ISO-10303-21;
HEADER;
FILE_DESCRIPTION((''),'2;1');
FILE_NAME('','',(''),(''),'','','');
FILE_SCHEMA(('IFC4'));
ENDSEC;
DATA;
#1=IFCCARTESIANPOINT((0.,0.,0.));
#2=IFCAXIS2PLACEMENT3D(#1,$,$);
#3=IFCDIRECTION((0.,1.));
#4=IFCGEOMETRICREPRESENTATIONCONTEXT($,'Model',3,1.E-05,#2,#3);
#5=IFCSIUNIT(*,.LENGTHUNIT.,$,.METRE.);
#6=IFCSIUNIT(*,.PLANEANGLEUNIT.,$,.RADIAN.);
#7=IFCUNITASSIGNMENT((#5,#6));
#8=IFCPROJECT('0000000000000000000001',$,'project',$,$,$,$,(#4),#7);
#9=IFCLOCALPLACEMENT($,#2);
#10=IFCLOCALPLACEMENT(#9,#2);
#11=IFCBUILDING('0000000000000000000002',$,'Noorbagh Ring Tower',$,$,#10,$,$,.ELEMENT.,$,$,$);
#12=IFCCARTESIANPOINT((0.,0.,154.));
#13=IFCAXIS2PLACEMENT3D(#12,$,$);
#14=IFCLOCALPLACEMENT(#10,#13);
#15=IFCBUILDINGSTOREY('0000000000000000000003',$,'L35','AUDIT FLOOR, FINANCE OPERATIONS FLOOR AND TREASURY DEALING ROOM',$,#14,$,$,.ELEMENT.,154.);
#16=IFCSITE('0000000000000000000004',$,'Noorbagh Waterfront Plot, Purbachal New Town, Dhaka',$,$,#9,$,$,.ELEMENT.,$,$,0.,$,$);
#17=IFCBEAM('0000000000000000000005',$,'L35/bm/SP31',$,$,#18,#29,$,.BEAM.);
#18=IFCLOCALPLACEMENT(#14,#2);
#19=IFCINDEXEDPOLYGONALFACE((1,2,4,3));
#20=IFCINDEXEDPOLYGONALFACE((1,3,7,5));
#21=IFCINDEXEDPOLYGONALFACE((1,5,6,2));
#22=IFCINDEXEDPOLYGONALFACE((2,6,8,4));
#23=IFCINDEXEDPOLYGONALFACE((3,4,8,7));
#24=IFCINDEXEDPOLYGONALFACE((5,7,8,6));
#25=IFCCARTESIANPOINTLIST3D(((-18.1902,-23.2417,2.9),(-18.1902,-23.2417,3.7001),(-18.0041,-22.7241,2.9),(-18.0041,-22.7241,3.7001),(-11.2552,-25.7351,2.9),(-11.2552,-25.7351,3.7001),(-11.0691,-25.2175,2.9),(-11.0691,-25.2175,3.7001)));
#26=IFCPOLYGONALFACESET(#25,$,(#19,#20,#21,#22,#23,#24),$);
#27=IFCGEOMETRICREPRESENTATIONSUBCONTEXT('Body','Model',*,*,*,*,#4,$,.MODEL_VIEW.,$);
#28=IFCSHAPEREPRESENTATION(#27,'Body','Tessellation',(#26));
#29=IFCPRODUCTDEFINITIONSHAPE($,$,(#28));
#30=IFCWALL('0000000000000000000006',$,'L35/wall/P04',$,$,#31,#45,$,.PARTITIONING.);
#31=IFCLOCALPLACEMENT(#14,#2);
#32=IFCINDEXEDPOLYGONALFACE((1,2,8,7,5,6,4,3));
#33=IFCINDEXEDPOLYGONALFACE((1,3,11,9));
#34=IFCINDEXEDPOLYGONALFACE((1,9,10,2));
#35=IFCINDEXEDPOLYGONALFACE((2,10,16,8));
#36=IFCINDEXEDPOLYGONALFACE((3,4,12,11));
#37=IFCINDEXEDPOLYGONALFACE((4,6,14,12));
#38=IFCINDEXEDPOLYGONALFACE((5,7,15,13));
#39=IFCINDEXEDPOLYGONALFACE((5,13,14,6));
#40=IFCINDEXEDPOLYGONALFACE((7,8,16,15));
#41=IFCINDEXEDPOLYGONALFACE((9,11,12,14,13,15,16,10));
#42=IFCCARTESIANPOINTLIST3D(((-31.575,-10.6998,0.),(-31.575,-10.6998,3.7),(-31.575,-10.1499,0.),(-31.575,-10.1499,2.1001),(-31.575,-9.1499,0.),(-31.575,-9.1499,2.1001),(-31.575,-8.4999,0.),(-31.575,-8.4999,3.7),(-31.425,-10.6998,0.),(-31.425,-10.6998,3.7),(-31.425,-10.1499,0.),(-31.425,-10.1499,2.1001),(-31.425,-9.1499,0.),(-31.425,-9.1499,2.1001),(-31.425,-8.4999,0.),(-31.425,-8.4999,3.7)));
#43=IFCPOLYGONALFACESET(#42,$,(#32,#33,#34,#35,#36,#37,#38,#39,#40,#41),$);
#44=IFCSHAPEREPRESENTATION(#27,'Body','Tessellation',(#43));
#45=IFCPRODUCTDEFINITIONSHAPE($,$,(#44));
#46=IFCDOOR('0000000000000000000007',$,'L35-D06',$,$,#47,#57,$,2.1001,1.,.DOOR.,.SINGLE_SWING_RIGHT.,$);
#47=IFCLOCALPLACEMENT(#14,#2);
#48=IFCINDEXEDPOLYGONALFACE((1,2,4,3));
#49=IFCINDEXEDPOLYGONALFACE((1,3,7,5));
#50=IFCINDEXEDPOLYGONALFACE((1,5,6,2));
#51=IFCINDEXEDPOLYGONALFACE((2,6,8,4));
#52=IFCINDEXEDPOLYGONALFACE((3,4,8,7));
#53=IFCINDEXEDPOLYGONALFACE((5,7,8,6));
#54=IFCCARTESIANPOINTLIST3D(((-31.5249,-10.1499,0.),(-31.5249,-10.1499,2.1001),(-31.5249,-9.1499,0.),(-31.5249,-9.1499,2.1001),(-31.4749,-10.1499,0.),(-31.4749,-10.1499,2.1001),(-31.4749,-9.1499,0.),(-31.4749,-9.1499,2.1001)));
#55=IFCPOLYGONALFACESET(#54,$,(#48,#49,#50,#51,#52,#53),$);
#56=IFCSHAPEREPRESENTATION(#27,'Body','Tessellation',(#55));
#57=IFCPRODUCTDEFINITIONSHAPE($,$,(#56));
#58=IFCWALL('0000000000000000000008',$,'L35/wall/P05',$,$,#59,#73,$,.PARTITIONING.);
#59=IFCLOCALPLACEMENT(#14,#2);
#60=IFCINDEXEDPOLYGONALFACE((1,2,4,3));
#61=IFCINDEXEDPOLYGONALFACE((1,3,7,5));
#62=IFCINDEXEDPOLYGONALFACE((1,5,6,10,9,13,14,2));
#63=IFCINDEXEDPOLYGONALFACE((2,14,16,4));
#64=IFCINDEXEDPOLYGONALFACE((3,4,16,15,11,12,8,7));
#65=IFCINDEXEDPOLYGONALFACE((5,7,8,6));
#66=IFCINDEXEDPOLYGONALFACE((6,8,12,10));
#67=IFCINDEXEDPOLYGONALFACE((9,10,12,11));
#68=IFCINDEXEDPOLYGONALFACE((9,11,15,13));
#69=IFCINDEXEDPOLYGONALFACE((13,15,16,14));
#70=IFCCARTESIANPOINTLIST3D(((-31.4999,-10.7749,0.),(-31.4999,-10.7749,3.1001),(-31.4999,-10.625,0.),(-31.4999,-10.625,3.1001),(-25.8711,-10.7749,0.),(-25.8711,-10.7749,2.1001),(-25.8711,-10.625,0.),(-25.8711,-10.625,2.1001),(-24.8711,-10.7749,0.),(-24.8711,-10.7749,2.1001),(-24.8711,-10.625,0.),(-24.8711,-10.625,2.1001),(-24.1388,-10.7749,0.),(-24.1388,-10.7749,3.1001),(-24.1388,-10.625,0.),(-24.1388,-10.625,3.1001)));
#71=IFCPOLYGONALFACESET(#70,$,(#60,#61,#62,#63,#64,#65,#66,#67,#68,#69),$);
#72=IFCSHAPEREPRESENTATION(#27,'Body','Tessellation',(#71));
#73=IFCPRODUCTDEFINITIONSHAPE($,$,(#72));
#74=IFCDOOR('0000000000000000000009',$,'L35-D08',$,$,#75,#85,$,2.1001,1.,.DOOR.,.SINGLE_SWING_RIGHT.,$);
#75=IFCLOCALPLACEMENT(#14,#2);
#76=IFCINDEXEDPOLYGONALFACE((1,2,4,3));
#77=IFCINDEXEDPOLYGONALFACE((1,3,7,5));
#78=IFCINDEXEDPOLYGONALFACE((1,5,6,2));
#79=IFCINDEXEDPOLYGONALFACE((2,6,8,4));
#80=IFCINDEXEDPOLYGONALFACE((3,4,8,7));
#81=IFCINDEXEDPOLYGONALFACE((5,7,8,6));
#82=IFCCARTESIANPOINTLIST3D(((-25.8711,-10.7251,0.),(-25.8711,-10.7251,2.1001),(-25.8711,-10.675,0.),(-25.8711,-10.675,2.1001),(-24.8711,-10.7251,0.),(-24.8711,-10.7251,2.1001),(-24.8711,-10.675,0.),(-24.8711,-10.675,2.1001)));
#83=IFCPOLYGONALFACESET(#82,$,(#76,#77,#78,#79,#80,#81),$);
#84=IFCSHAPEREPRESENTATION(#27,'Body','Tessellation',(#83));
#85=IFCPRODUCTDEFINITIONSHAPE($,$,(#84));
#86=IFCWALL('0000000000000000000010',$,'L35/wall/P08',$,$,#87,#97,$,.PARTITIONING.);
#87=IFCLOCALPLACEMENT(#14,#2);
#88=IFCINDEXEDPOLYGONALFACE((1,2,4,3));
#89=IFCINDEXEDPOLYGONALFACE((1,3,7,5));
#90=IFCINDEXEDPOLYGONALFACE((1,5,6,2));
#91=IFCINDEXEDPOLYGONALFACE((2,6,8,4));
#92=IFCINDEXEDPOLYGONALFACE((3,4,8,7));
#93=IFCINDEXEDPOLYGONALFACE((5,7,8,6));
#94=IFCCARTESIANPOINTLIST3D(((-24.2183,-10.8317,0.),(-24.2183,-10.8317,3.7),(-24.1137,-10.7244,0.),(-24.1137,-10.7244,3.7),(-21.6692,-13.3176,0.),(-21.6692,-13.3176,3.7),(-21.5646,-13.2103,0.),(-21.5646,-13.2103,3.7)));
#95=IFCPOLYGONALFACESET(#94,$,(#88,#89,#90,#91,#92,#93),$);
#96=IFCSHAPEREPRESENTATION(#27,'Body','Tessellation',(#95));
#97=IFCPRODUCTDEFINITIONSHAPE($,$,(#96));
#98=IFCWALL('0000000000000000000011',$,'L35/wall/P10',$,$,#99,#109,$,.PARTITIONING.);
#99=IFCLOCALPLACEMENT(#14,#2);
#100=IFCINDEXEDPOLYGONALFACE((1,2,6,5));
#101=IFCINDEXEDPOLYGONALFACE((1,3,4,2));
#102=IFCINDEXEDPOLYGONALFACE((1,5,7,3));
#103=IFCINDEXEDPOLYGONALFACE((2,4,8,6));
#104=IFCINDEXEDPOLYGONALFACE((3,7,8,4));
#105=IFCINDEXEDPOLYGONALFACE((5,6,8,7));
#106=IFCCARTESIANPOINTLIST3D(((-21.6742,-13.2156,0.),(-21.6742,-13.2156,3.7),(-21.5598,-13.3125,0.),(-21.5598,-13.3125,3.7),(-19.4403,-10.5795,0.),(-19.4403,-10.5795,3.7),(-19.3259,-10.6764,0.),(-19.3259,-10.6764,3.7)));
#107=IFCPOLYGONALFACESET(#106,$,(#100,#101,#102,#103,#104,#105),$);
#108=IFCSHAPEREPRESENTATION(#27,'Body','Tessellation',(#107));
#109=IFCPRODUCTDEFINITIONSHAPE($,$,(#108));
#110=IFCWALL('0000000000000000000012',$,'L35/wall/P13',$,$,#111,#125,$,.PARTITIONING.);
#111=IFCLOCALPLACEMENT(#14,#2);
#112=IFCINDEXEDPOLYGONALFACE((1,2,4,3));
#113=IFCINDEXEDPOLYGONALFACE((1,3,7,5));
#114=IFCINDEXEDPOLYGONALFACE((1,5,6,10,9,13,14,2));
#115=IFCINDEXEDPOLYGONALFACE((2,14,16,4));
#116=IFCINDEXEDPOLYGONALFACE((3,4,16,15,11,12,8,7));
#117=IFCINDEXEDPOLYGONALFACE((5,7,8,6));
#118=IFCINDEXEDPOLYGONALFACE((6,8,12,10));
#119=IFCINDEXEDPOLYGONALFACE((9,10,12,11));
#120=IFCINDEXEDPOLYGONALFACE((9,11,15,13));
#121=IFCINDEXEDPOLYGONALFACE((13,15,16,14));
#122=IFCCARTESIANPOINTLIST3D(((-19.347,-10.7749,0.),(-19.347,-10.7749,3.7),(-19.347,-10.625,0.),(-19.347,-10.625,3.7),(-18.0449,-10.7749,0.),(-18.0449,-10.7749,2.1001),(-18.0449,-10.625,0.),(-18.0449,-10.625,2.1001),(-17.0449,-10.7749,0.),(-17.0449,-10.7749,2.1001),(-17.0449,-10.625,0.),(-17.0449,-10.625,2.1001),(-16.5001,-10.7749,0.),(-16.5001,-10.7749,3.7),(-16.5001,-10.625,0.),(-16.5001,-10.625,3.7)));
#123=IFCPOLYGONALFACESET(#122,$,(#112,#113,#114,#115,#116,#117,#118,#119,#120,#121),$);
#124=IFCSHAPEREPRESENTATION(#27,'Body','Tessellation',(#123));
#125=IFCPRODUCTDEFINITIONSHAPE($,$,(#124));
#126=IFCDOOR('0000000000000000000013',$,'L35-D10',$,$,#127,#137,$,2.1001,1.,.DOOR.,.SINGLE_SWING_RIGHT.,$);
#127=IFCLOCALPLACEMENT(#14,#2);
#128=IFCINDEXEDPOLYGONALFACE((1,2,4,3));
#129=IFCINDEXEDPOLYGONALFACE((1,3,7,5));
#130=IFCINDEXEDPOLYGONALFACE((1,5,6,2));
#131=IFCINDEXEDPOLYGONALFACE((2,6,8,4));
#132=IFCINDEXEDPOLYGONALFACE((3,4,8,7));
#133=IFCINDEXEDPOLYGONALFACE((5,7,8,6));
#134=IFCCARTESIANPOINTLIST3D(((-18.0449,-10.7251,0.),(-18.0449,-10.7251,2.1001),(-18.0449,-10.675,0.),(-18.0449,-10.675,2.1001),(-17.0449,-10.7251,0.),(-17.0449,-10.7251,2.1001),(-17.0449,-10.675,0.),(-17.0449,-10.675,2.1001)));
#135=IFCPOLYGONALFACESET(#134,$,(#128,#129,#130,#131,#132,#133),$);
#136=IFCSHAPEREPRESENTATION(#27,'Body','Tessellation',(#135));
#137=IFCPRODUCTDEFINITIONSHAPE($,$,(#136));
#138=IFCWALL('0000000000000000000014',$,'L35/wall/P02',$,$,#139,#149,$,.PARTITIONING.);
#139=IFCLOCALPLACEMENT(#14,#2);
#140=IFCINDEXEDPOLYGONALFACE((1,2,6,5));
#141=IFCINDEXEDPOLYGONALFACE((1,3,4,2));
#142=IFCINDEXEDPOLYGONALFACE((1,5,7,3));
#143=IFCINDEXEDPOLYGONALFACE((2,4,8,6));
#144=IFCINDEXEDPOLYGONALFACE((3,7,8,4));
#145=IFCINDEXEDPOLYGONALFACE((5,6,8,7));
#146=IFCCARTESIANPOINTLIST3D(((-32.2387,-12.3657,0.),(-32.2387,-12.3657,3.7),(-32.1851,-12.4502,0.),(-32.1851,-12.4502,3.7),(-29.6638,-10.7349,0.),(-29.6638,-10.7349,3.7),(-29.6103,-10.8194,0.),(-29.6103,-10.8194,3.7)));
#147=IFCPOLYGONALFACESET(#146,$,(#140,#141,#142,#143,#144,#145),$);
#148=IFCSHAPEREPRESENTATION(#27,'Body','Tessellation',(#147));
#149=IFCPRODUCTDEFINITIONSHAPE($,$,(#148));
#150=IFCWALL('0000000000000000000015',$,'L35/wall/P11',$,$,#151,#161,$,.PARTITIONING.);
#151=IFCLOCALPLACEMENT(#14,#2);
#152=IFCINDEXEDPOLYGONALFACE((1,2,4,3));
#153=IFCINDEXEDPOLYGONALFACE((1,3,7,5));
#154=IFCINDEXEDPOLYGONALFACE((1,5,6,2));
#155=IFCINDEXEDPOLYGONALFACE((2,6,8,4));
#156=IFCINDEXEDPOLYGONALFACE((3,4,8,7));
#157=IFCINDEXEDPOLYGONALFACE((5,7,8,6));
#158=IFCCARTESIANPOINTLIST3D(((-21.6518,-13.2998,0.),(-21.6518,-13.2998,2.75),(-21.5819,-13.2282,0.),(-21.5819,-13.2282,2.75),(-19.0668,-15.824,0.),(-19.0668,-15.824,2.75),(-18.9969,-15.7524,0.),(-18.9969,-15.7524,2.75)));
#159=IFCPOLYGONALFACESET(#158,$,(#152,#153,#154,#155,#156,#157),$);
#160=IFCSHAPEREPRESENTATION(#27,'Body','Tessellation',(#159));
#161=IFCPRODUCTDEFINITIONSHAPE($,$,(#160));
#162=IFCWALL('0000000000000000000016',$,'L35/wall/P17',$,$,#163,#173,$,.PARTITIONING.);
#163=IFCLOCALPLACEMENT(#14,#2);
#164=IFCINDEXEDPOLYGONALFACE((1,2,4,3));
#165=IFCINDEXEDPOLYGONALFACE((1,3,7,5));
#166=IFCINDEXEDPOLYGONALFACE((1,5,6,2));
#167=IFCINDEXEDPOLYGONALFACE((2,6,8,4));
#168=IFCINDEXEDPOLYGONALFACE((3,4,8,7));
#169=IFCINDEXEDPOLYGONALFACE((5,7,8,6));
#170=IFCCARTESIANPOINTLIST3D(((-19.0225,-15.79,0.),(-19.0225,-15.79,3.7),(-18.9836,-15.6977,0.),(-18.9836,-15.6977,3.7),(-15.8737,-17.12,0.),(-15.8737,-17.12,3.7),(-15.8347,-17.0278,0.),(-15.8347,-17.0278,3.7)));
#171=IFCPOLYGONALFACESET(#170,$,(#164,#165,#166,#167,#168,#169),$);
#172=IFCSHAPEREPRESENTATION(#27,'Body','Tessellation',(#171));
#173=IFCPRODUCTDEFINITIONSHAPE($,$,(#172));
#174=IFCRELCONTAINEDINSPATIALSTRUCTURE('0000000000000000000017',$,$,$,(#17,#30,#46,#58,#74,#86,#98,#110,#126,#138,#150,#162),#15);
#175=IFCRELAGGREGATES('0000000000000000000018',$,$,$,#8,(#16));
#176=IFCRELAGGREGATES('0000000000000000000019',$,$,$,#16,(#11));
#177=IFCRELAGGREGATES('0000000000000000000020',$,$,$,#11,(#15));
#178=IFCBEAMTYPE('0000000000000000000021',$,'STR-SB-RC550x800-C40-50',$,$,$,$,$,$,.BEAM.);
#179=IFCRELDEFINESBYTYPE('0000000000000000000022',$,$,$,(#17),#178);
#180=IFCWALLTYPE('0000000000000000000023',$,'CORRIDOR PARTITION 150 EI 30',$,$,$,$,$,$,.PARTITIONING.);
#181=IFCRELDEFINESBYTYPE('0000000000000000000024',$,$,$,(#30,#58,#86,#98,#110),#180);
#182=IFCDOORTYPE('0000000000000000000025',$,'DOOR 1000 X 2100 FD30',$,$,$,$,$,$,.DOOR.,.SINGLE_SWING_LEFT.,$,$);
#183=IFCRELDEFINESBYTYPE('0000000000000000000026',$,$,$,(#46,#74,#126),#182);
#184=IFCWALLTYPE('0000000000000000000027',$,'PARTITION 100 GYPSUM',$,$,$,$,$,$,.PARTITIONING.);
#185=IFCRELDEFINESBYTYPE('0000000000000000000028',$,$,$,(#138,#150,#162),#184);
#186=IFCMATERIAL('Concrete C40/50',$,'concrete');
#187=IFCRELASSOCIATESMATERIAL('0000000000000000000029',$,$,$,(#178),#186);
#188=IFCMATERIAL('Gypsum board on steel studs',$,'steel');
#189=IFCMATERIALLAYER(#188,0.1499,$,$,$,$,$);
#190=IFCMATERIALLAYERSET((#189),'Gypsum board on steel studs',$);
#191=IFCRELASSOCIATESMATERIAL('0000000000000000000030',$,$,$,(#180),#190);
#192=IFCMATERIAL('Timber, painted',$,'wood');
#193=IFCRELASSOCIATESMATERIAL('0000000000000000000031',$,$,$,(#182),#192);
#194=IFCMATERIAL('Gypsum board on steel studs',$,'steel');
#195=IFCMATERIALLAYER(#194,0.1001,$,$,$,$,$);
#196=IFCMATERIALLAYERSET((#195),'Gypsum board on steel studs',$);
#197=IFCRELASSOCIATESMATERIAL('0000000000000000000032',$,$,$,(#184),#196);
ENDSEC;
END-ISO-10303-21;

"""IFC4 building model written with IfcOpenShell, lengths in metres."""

from ifc_helpers import new_model, si_unit, direction, frame, frame_2d, origin, origin_2d, place, context, subcontext, project, spatial, rectangle, extrude, material, layer, layer_set, material_profile, profile_set, type_object, element, fill, save


model = new_model("IFC4")

# Units and contexts
model_context = context("Model", 3, precision=1e-05, world=origin(), true_north=direction((0.0, 1.0)))
body_context = subcontext(model_context, "Body", "Model", "MODEL_VIEW")
ifc_project = project(units=[si_unit("LENGTHUNIT", "METRE"), si_unit("PLANEANGLEUNIT", "RADIAN")], contexts=[model_context])

# Site, building, storey
site_placement = place(None, origin())
site = spatial("IfcSite", under=ifc_project, at=site_placement, Name="Noorbagh Waterfront Plot, Purbachal New Town, Dhaka", CompositionType="ELEMENT", RefElevation=0.0)
building_placement = place(site_placement, origin())
building = spatial("IfcBuilding", under=site, at=building_placement, Name="Noorbagh Ring Tower", CompositionType="ELEMENT")
storey_placement = place(building_placement, frame((0.0, 0.0, 154.0)))
storey = spatial("IfcBuildingStorey", under=building, at=storey_placement, Name="L35", Description="AUDIT FLOOR, FINANCE OPERATIONS FLOOR AND TREASURY DEALING ROOM", CompositionType="ELEMENT", Elevation=154.0)

# Beam
ifc_material_1 = material(Name="Concrete C40/50", Category="concrete")
ifc_material_profile_1 = material_profile(ifc_material_1, rectangle(XDim=0.55, YDim=0.8, at=origin_2d()), Name="RC550x800")
ifc_profile_set_1 = profile_set([ifc_material_profile_1], Name="Concrete C40/50")
beam_type_1 = type_object("IfcBeamType", Name="STR-SB-RC550x800-C40-50", PredefinedType="BEAM", material=ifc_profile_set_1)
beam_1_placement = place(storey_placement, frame((-18.0972, -22.9829, 3.3), z_axis=(0.941026, -0.338333, 0.0), x_axis=(0.338333, 0.941026, 0.0)))
element("IfcBeam", 1, at=beam_1_placement, inside=storey, type_object=beam_type_1, Name="L35/bm/SP31", PredefinedType="BEAM", context=body_context, shape_type="SweptSolid", body=[
    extrude(rectangle(XDim=0.55, YDim=0.8, at=origin_2d()), origin(), (0.0, 0.0, 1.0), 7.3696),
])

# Walls, openings, doors
ifc_material_2 = material(Name="Gypsum board on steel studs", Category="steel")
ifc_layer_1 = layer(ifc_material_2, 0.1499)
ifc_layer_set_1 = layer_set([ifc_layer_1], Name="Gypsum board on steel studs")
wall_type_1 = type_object("IfcWallType", Name="CORRIDOR PARTITION 150 EI 30", PredefinedType="PARTITIONING", material=ifc_layer_set_1)
wall_1_placement = place(storey_placement, frame((-31.5, -10.7, 0.0), z_axis=(0.0, 0.0, 1.0), x_axis=(0.0, 1.0, 0.0)))
wall_1 = element("IfcWall", 2, at=wall_1_placement, inside=storey, type_object=wall_type_1, Name="L35/wall/P04", PredefinedType="PARTITIONING", context=body_context, shape_type="SweptSolid", body=[
    extrude(rectangle(XDim=2.2, YDim=0.1499, at=frame_2d((1.1001, 0.0))), origin(), (0.0, 0.0, 1.0), 3.7),
])
opening_1_placement = place(wall_1_placement, frame((0.55, 0.0, 0.0)))
opening_1 = element("IfcOpeningElement", 3, at=opening_1_placement, cuts=wall_1, PredefinedType="OPENING", context=body_context, shape_type="SweptSolid", body=[
    extrude(rectangle(XDim=1.0, YDim=2.1001, at=frame_2d((0.5, 1.05))), frame((0.0, 0.085, 0.0), z_axis=(0.0, -1.0, 0.0), x_axis=(1.0, 0.0, 0.0)), (0.0, 0.0, 1.0), 0.1699),
])
ifc_material_3 = material(Name="Timber, painted", Category="wood")
door_type = type_object("IfcDoorType", Name="DOOR 1000 X 2100 FD30", OperationType="SINGLE_SWING_LEFT", PredefinedType="DOOR", material=ifc_material_3)
door_1_placement = place(opening_1_placement, origin())
door_1 = element("IfcDoor", 4, at=door_1_placement, inside=storey, type_object=door_type, Name="L35-D06", OperationType="SINGLE_SWING_RIGHT", OverallHeight=2.1001, OverallWidth=1.0, PredefinedType="DOOR", context=body_context, shape_type="SweptSolid", body=[
    extrude(rectangle(XDim=1.0, YDim=2.1001, at=frame_2d((0.5, 1.05))), frame((0.0, 0.0249, 0.0), z_axis=(0.0, -1.0, 0.0), x_axis=(1.0, 0.0, 0.0)), (0.0, 0.0, 1.0), 0.05),
])
fill(opening_1, door_1)
wall_2_placement = place(storey_placement, frame((-31.5, -10.7, 0.0), z_axis=(0.0, 0.0, 1.0), x_axis=(1.0, 0.0, 0.0)))
wall_2 = element("IfcWall", 5, at=wall_2_placement, inside=storey, type_object=wall_type_1, Name="L35/wall/P05", PredefinedType="PARTITIONING", context=body_context, shape_type="SweptSolid", body=[
    extrude(rectangle(XDim=7.3611, YDim=0.1499, at=frame_2d((3.6807, 0.0))), origin(), (0.0, 0.0, 1.0), 3.1001),
])
opening_2_placement = place(wall_2_placement, frame((5.6289, 0.0, 0.0)))
opening_2 = element("IfcOpeningElement", 6, at=opening_2_placement, cuts=wall_2, PredefinedType="OPENING", context=body_context, shape_type="SweptSolid", body=[
    extrude(rectangle(XDim=1.0, YDim=2.1001, at=frame_2d((0.5, 1.05))), frame((0.0, 0.085, 0.0), z_axis=(0.0, -1.0, 0.0), x_axis=(1.0, 0.0, 0.0)), (0.0, 0.0, 1.0), 0.1699),
])
door_2_placement = place(opening_2_placement, origin())
door_2 = element("IfcDoor", 7, at=door_2_placement, inside=storey, type_object=door_type, Name="L35-D08", OperationType="SINGLE_SWING_RIGHT", OverallHeight=2.1001, OverallWidth=1.0, PredefinedType="DOOR", context=body_context, shape_type="SweptSolid", body=[
    extrude(rectangle(XDim=1.0, YDim=2.1001, at=frame_2d((0.5, 1.05))), frame((0.0, 0.0249, 0.0), z_axis=(0.0, -1.0, 0.0), x_axis=(1.0, 0.0, 0.0)), (0.0, 0.0, 1.0), 0.05),
])
fill(opening_2, door_2)

# Walls
wall_3_placement = place(storey_placement, frame((-24.166, -10.7781, 0.0), z_axis=(0.0, 0.0, 1.0), x_axis=(0.715931, -0.698171, 0.0)))
element("IfcWall", 8, at=wall_3_placement, inside=storey, type_object=wall_type_1, Name="L35/wall/P08", PredefinedType="PARTITIONING", context=body_context, shape_type="SweptSolid", body=[
    extrude(rectangle(XDim=3.5605, YDim=0.1499, at=frame_2d((1.7803, 0.0))), origin(), (0.0, 0.0, 1.0), 3.7),
])
wall_4_placement = place(storey_placement, frame((-21.6169, -13.2639, 0.0), z_axis=(0.0, 0.0, 1.0), x_axis=(0.646522, 0.762896, 0.0)))
element("IfcWall", 9, at=wall_4_placement, inside=storey, type_object=wall_type_1, Name="L35/wall/P10", PredefinedType="PARTITIONING", context=body_context, shape_type="SweptSolid", body=[
    extrude(rectangle(XDim=3.4553, YDim=0.1499, at=frame_2d((1.7275, 0.0))), origin(), (0.0, 0.0, 1.0), 3.7),
])

# Wall, opening, door
wall_5_placement = place(storey_placement, frame((-19.3469, -10.7, 0.0), z_axis=(0.0, 0.0, 1.0), x_axis=(1.0, 0.0, 0.0)))
wall_5 = element("IfcWall", 10, at=wall_5_placement, inside=storey, type_object=wall_type_1, Name="L35/wall/P13", PredefinedType="PARTITIONING", context=body_context, shape_type="SweptSolid", body=[
    extrude(rectangle(XDim=2.8469, YDim=0.1499, at=frame_2d((1.4233, 0.0))), origin(), (0.0, 0.0, 1.0), 3.7),
])
opening_3_placement = place(wall_5_placement, frame((1.302, 0.0, 0.0)))
opening_3 = element("IfcOpeningElement", 11, at=opening_3_placement, cuts=wall_5, PredefinedType="OPENING", context=body_context, shape_type="SweptSolid", body=[
    extrude(rectangle(XDim=1.0, YDim=2.1001, at=frame_2d((0.5, 1.05))), frame((0.0, 0.085, 0.0), z_axis=(0.0, -1.0, 0.0), x_axis=(1.0, 0.0, 0.0)), (0.0, 0.0, 1.0), 0.1699),
])
door_3_placement = place(opening_3_placement, origin())
door_3 = element("IfcDoor", 12, at=door_3_placement, inside=storey, type_object=door_type, Name="L35-D10", OperationType="SINGLE_SWING_RIGHT", OverallHeight=2.1001, OverallWidth=1.0, PredefinedType="DOOR", context=body_context, shape_type="SweptSolid", body=[
    extrude(rectangle(XDim=1.0, YDim=2.1001, at=frame_2d((0.5, 1.05))), frame((0.0, 0.0249, 0.0), z_axis=(0.0, -1.0, 0.0), x_axis=(1.0, 0.0, 0.0)), (0.0, 0.0, 1.0), 0.05),
])
fill(opening_3, door_3)

# Walls
ifc_material_4 = material(Name="Gypsum board on steel studs", Category="steel")
ifc_layer_2 = layer(ifc_material_4, 0.1001)
ifc_layer_set_2 = layer_set([ifc_layer_2], Name="Gypsum board on steel studs")
wall_type_2 = type_object("IfcWallType", Name="PARTITION 100 GYPSUM", PredefinedType="PARTITIONING", material=ifc_layer_set_2)
wall_6_placement = place(storey_placement, frame((-32.2119, -12.408, 0.0), z_axis=(0.0, 0.0, 1.0), x_axis=(0.844811, 0.535065, 0.0)))
element("IfcWall", 13, at=wall_6_placement, inside=storey, type_object=wall_type_2, Name="L35/wall/P02", PredefinedType="PARTITIONING", context=body_context, shape_type="SweptSolid", body=[
    extrude(rectangle(XDim=3.0479, YDim=0.1001, at=frame_2d((1.5239, 0.0))), origin(), (0.0, 0.0, 1.0), 3.7),
])
wall_7_placement = place(storey_placement, frame((-21.6169, -13.2639, 0.0), z_axis=(0.0, 0.0, 1.0), x_axis=(0.71547, -0.698644, 0.0)))
element("IfcWall", 14, at=wall_7_placement, inside=storey, type_object=wall_type_2, Name="L35/wall/P11", PredefinedType="PARTITIONING", context=body_context, shape_type="SweptSolid", body=[
    extrude(rectangle(XDim=3.613, YDim=0.1001, at=frame_2d((1.8066, 0.0))), origin(), (0.0, 0.0, 1.0), 2.75),
])
wall_8_placement = place(storey_placement, frame((-19.0029, -15.7439, 0.0), z_axis=(0.0, 0.0, 1.0), x_axis=(0.921194, -0.389104, 0.0)))
element("IfcWall", 15, at=wall_8_placement, inside=storey, type_object=wall_type_2, Name="L35/wall/P17", PredefinedType="PARTITIONING", context=body_context, shape_type="SweptSolid", body=[
    extrude(rectangle(XDim=3.4182, YDim=0.1001, at=frame_2d((1.709, 0.0))), origin(), (0.0, 0.0, 1.0), 3.7),
])

save(model, "model.ifc")
